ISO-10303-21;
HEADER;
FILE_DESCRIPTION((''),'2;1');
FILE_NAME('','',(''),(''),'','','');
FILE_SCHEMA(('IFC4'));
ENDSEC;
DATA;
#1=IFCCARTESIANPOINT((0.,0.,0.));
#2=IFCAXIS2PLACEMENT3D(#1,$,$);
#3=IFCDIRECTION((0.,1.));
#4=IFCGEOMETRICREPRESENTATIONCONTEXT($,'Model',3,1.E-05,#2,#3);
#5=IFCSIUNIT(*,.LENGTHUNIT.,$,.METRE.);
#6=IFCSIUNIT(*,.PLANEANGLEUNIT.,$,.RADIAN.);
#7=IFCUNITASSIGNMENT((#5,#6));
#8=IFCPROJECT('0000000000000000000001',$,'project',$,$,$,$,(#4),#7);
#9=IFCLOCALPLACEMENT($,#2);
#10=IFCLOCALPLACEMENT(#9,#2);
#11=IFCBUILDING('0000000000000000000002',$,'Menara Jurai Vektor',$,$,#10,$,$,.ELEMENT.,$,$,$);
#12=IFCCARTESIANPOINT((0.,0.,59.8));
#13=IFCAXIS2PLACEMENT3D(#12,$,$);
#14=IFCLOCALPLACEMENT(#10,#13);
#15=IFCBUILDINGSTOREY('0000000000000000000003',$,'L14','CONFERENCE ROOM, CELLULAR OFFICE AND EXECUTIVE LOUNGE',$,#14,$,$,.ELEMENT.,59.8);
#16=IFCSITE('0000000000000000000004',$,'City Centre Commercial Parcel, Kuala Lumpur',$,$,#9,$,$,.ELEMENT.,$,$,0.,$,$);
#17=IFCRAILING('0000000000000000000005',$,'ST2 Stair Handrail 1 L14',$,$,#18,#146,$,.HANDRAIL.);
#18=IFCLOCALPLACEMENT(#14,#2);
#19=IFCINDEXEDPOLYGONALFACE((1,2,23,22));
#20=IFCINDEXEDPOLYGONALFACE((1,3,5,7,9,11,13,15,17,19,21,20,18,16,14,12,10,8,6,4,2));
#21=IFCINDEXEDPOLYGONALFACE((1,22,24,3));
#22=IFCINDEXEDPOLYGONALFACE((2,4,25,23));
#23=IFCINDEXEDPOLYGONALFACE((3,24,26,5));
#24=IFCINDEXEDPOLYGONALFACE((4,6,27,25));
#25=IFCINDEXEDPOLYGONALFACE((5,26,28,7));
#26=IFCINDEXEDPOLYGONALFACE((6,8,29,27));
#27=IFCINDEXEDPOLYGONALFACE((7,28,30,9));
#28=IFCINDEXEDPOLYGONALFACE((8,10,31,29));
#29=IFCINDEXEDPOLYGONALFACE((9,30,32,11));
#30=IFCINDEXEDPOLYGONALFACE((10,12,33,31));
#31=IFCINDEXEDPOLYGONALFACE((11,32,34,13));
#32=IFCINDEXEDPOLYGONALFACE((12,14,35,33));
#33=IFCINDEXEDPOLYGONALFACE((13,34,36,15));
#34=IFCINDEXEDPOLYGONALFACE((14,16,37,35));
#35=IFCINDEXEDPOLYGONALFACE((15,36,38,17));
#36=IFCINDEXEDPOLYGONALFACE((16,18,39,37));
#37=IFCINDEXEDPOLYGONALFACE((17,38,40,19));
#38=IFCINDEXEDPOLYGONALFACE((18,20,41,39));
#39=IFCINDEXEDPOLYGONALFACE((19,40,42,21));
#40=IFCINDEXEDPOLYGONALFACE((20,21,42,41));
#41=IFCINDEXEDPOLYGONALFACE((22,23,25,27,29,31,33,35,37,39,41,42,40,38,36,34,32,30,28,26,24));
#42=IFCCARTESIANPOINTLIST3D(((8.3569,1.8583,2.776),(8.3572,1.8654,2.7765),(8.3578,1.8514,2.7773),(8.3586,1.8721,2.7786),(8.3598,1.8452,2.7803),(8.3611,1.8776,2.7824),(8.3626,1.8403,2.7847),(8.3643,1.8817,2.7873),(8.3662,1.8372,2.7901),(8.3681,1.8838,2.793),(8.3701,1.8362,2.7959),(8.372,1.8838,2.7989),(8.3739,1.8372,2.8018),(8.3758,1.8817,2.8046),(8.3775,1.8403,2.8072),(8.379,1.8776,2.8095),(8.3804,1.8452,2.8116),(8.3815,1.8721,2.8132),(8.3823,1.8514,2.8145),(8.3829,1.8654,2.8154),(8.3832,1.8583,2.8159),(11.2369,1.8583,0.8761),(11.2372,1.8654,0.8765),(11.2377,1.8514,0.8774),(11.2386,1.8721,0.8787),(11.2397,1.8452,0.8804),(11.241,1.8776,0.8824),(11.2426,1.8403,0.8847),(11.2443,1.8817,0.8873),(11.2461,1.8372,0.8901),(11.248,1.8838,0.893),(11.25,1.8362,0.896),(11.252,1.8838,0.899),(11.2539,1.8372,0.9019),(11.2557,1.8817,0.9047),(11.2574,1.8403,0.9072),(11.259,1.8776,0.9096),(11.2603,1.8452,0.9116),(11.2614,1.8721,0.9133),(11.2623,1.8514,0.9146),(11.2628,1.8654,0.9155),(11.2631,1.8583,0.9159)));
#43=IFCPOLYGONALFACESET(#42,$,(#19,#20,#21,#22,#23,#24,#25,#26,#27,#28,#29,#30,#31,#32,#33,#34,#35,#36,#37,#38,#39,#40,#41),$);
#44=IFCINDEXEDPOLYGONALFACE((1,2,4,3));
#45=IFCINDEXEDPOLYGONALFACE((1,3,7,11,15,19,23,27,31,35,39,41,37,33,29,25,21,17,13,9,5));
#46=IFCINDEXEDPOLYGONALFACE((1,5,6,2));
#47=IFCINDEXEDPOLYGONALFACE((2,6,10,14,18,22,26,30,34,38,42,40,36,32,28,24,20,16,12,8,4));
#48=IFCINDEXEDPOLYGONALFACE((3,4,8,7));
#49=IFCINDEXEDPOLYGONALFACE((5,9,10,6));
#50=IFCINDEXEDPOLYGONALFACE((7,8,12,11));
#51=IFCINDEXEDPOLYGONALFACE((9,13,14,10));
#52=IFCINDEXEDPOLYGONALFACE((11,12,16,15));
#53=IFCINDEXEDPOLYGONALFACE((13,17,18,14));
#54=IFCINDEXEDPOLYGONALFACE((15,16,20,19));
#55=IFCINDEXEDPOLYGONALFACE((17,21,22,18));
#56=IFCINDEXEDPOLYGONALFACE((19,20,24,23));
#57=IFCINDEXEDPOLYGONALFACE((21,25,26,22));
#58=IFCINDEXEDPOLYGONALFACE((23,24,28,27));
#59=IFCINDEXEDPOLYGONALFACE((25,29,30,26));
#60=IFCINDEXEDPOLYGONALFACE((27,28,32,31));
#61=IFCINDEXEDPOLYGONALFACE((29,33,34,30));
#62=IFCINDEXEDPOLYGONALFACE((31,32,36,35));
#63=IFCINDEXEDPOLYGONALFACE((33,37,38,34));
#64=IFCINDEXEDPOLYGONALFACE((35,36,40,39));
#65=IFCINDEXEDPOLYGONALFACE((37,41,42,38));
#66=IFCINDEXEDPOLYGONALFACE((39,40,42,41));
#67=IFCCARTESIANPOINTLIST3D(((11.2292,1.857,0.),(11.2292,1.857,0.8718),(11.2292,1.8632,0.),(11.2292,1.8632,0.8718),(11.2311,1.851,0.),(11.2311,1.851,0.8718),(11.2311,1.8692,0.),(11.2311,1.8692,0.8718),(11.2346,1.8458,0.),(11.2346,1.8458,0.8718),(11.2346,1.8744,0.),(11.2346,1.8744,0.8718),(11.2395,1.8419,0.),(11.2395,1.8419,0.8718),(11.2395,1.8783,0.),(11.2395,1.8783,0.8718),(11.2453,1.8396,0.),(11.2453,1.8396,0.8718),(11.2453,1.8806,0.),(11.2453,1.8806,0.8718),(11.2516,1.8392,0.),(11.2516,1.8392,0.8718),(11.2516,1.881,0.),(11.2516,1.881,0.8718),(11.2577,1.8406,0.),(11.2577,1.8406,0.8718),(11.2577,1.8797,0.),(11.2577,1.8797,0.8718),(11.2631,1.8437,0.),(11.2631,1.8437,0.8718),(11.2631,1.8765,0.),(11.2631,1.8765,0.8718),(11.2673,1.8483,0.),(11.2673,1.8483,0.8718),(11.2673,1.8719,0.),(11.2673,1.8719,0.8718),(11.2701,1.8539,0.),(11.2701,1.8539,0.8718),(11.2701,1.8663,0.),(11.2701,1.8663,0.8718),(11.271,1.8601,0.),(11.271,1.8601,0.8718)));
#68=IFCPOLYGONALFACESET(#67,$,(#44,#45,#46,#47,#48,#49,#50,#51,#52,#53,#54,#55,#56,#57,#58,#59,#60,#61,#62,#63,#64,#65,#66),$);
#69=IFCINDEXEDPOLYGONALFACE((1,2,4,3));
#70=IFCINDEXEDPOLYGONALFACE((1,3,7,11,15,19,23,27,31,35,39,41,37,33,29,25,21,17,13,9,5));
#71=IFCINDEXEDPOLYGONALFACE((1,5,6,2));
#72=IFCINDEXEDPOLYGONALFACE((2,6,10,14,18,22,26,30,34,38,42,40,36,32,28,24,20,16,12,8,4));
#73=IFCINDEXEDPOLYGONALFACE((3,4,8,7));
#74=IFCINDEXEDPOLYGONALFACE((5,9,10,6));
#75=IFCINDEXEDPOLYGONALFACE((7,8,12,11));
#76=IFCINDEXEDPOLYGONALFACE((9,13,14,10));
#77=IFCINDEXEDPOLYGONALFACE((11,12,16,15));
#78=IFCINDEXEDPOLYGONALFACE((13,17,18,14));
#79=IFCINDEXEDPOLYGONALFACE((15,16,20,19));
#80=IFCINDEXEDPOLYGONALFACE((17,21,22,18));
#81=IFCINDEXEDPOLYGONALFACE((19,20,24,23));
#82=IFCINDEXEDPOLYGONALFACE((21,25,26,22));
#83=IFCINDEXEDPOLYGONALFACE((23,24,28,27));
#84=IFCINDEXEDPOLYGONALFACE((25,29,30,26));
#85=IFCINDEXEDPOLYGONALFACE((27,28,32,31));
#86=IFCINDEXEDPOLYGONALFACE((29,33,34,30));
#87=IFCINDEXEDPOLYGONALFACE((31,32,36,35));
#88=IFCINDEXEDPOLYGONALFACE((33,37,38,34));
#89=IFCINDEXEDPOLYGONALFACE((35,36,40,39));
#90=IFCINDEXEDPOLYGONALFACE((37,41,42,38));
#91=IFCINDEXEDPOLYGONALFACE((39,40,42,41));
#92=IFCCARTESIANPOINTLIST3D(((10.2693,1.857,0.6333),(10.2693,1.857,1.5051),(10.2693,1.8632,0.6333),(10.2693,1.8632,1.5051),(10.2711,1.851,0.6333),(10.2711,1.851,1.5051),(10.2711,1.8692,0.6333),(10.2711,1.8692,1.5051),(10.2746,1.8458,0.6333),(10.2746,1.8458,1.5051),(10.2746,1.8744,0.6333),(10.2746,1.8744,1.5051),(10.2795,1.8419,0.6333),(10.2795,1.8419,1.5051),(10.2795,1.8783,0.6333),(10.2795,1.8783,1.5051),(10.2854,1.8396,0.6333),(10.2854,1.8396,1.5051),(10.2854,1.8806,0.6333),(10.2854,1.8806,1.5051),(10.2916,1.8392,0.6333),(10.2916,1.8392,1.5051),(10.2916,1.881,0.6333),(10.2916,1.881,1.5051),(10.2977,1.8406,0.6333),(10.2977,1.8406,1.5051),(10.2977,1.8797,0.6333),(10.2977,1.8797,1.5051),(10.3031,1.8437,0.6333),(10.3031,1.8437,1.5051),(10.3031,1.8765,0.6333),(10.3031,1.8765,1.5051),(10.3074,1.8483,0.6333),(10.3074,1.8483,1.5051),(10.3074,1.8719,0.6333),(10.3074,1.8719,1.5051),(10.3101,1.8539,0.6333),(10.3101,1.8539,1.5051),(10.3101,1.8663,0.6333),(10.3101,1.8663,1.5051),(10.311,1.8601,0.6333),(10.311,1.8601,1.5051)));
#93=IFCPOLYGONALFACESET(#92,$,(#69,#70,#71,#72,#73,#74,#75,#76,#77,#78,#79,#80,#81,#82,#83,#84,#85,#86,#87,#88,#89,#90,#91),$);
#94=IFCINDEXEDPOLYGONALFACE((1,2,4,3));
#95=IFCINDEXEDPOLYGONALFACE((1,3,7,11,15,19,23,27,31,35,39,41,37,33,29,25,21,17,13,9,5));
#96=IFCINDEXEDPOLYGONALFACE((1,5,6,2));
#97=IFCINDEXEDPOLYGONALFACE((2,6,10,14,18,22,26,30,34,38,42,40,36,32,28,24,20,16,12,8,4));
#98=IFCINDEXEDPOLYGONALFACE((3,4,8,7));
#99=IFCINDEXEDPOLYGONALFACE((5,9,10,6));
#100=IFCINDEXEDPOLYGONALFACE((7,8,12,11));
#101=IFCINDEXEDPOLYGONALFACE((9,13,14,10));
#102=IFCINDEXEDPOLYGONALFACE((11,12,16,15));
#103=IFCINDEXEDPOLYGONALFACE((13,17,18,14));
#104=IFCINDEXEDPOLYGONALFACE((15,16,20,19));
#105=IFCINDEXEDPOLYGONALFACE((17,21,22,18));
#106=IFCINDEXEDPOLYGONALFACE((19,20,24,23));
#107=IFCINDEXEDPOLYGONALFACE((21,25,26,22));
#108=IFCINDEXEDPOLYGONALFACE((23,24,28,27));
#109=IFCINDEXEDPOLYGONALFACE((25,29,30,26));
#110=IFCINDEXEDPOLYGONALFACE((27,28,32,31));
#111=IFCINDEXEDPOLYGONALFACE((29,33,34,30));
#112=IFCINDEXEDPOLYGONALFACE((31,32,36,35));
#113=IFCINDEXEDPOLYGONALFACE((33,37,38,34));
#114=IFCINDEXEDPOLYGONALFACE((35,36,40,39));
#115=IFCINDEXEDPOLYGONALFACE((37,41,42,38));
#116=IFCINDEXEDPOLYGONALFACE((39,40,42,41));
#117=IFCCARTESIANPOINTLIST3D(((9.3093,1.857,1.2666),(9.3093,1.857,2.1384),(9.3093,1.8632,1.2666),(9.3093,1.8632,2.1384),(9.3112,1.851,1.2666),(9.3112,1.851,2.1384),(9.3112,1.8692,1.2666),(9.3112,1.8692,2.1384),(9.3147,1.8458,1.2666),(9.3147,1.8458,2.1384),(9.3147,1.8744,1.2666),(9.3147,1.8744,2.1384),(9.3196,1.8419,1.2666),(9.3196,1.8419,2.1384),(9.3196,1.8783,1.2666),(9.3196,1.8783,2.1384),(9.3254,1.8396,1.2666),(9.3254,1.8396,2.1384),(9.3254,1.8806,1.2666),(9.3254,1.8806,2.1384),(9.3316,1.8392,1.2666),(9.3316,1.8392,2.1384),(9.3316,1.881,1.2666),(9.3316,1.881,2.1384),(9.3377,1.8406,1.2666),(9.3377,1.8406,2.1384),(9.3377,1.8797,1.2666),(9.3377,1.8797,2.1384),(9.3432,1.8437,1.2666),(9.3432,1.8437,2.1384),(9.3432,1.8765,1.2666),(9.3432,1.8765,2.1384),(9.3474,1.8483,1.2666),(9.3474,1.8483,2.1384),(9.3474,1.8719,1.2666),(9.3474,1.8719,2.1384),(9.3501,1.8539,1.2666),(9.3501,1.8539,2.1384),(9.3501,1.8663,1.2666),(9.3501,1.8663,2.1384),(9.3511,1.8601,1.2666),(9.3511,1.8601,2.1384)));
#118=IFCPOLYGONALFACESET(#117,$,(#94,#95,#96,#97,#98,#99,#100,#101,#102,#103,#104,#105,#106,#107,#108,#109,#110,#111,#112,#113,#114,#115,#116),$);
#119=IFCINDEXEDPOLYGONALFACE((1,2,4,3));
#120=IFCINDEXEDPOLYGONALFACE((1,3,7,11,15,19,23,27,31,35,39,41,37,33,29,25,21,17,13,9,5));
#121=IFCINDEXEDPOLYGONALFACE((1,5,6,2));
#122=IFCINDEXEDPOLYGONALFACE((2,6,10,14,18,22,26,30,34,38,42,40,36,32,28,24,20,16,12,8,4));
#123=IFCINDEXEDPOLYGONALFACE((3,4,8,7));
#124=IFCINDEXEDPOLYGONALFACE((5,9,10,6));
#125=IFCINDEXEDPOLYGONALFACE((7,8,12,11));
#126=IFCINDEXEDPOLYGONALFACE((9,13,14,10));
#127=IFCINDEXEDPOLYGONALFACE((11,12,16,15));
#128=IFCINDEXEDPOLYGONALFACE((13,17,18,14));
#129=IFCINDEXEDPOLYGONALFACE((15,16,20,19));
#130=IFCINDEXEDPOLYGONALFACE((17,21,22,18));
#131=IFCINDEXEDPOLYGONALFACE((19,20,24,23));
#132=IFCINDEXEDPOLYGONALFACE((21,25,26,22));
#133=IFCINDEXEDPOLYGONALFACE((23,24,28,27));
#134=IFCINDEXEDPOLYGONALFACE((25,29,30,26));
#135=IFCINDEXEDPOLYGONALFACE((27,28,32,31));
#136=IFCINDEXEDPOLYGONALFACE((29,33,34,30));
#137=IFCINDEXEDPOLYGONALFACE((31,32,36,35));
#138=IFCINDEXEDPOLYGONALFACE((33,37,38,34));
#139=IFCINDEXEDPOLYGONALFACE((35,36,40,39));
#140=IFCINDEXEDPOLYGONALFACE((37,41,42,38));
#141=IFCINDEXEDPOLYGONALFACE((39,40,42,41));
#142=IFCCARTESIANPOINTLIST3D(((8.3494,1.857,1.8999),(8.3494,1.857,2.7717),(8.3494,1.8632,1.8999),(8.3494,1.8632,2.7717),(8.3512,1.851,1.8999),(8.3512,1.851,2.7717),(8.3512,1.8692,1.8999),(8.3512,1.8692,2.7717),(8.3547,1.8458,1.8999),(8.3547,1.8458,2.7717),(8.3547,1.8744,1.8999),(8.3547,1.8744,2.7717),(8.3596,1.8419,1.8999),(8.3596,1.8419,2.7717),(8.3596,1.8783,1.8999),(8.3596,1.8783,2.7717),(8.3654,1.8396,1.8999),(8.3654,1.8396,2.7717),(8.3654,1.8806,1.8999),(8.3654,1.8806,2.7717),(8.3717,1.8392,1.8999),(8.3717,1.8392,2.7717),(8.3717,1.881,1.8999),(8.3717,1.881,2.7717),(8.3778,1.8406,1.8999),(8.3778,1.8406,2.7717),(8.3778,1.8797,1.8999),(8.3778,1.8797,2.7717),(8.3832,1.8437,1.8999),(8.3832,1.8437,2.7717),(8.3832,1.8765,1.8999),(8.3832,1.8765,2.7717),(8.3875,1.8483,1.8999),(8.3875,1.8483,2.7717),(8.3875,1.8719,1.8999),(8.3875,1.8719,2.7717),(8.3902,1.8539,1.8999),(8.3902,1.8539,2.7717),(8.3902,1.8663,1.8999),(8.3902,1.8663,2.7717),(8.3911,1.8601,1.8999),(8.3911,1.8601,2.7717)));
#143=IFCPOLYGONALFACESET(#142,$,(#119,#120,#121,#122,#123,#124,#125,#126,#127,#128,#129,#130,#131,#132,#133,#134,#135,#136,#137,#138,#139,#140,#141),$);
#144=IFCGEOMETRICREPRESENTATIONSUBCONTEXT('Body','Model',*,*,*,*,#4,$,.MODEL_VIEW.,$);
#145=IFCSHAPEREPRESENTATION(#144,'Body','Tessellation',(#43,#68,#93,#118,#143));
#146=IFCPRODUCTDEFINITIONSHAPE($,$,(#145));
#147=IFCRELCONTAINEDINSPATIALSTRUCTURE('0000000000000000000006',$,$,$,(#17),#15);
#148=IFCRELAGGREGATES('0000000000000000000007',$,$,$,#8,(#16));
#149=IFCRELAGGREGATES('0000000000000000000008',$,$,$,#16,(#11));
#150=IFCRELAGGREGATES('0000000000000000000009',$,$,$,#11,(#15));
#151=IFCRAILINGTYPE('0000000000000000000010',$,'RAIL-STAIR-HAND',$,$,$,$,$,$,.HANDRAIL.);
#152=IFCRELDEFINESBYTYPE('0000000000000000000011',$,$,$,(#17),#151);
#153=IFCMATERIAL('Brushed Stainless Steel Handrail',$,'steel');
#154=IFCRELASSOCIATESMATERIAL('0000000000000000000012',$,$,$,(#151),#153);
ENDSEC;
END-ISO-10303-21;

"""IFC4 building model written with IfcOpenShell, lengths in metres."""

from ifc_helpers import new_model, si_unit, direction, frame, origin, origin_2d, place, context, subcontext, project, spatial, circle, extrude, material, type_object, element, save


model = new_model("IFC4")

# Units and contexts
model_context = context("Model", 3, precision=1e-05, world=origin(), true_north=direction((0.0, 1.0)))
body_context = subcontext(model_context, "Body", "Model", "MODEL_VIEW")
ifc_project = project(units=[si_unit("LENGTHUNIT", "METRE"), si_unit("PLANEANGLEUNIT", "RADIAN")], contexts=[model_context])

# Site, building, storey
site_placement = place(None, origin())
site = spatial("IfcSite", under=ifc_project, at=site_placement, Name="City Centre Commercial Parcel, Kuala Lumpur", CompositionType="ELEMENT", RefElevation=0.0)
building_placement = place(site_placement, origin())
building = spatial("IfcBuilding", under=site, at=building_placement, Name="Menara Jurai Vektor", CompositionType="ELEMENT")
storey_placement = place(building_placement, frame((0.0, 0.0, 59.8)))
storey = spatial("IfcBuildingStorey", under=building, at=storey_placement, Name="L14", Description="CONFERENCE ROOM, CELLULAR OFFICE AND EXECUTIVE LOUNGE", CompositionType="ELEMENT", Elevation=59.8)

# Railing
ifc_material_1 = material(Name="Brushed Stainless Steel Handrail", Category="steel")
railing_type_1 = type_object("IfcRailingType", Name="RAIL-STAIR-HAND", PredefinedType="HANDRAIL", material=ifc_material_1)
railing_1_placement = place(storey_placement, frame((11.25, 1.8601, 0.0)))
element("IfcRailing", 1, at=railing_1_placement, inside=storey, type_object=railing_type_1, Name="ST2 Stair Handrail 1 L14", PredefinedType="HANDRAIL", context=body_context, shape_type="SweptSolid", body=[
    extrude(circle(Radius=0.0239, at=origin_2d()), frame((0.0, 0.0, 0.896), z_axis=(-0.834719, 0.0, 0.550677), x_axis=(0.0, -1.0, 0.0)), (0.0, 0.0, 1.0), 3.4502),
    extrude(circle(Radius=0.021, at=origin_2d()), origin(), (0.0, 0.0, 1.0), 0.8718),
    extrude(circle(Radius=0.021, at=origin_2d()), frame((-0.96, 0.0, 0.6333)), (0.0, 0.0, 1.0), 0.8718),
    extrude(circle(Radius=0.021, at=origin_2d()), frame((-1.9199, 0.0, 1.2666)), (0.0, 0.0, 1.0), 0.8718),
    extrude(circle(Radius=0.021, at=origin_2d()), frame((-2.8799, 0.0, 1.8999)), (0.0, 0.0, 1.0), 0.8718),
])

save(model, "model.ifc")
